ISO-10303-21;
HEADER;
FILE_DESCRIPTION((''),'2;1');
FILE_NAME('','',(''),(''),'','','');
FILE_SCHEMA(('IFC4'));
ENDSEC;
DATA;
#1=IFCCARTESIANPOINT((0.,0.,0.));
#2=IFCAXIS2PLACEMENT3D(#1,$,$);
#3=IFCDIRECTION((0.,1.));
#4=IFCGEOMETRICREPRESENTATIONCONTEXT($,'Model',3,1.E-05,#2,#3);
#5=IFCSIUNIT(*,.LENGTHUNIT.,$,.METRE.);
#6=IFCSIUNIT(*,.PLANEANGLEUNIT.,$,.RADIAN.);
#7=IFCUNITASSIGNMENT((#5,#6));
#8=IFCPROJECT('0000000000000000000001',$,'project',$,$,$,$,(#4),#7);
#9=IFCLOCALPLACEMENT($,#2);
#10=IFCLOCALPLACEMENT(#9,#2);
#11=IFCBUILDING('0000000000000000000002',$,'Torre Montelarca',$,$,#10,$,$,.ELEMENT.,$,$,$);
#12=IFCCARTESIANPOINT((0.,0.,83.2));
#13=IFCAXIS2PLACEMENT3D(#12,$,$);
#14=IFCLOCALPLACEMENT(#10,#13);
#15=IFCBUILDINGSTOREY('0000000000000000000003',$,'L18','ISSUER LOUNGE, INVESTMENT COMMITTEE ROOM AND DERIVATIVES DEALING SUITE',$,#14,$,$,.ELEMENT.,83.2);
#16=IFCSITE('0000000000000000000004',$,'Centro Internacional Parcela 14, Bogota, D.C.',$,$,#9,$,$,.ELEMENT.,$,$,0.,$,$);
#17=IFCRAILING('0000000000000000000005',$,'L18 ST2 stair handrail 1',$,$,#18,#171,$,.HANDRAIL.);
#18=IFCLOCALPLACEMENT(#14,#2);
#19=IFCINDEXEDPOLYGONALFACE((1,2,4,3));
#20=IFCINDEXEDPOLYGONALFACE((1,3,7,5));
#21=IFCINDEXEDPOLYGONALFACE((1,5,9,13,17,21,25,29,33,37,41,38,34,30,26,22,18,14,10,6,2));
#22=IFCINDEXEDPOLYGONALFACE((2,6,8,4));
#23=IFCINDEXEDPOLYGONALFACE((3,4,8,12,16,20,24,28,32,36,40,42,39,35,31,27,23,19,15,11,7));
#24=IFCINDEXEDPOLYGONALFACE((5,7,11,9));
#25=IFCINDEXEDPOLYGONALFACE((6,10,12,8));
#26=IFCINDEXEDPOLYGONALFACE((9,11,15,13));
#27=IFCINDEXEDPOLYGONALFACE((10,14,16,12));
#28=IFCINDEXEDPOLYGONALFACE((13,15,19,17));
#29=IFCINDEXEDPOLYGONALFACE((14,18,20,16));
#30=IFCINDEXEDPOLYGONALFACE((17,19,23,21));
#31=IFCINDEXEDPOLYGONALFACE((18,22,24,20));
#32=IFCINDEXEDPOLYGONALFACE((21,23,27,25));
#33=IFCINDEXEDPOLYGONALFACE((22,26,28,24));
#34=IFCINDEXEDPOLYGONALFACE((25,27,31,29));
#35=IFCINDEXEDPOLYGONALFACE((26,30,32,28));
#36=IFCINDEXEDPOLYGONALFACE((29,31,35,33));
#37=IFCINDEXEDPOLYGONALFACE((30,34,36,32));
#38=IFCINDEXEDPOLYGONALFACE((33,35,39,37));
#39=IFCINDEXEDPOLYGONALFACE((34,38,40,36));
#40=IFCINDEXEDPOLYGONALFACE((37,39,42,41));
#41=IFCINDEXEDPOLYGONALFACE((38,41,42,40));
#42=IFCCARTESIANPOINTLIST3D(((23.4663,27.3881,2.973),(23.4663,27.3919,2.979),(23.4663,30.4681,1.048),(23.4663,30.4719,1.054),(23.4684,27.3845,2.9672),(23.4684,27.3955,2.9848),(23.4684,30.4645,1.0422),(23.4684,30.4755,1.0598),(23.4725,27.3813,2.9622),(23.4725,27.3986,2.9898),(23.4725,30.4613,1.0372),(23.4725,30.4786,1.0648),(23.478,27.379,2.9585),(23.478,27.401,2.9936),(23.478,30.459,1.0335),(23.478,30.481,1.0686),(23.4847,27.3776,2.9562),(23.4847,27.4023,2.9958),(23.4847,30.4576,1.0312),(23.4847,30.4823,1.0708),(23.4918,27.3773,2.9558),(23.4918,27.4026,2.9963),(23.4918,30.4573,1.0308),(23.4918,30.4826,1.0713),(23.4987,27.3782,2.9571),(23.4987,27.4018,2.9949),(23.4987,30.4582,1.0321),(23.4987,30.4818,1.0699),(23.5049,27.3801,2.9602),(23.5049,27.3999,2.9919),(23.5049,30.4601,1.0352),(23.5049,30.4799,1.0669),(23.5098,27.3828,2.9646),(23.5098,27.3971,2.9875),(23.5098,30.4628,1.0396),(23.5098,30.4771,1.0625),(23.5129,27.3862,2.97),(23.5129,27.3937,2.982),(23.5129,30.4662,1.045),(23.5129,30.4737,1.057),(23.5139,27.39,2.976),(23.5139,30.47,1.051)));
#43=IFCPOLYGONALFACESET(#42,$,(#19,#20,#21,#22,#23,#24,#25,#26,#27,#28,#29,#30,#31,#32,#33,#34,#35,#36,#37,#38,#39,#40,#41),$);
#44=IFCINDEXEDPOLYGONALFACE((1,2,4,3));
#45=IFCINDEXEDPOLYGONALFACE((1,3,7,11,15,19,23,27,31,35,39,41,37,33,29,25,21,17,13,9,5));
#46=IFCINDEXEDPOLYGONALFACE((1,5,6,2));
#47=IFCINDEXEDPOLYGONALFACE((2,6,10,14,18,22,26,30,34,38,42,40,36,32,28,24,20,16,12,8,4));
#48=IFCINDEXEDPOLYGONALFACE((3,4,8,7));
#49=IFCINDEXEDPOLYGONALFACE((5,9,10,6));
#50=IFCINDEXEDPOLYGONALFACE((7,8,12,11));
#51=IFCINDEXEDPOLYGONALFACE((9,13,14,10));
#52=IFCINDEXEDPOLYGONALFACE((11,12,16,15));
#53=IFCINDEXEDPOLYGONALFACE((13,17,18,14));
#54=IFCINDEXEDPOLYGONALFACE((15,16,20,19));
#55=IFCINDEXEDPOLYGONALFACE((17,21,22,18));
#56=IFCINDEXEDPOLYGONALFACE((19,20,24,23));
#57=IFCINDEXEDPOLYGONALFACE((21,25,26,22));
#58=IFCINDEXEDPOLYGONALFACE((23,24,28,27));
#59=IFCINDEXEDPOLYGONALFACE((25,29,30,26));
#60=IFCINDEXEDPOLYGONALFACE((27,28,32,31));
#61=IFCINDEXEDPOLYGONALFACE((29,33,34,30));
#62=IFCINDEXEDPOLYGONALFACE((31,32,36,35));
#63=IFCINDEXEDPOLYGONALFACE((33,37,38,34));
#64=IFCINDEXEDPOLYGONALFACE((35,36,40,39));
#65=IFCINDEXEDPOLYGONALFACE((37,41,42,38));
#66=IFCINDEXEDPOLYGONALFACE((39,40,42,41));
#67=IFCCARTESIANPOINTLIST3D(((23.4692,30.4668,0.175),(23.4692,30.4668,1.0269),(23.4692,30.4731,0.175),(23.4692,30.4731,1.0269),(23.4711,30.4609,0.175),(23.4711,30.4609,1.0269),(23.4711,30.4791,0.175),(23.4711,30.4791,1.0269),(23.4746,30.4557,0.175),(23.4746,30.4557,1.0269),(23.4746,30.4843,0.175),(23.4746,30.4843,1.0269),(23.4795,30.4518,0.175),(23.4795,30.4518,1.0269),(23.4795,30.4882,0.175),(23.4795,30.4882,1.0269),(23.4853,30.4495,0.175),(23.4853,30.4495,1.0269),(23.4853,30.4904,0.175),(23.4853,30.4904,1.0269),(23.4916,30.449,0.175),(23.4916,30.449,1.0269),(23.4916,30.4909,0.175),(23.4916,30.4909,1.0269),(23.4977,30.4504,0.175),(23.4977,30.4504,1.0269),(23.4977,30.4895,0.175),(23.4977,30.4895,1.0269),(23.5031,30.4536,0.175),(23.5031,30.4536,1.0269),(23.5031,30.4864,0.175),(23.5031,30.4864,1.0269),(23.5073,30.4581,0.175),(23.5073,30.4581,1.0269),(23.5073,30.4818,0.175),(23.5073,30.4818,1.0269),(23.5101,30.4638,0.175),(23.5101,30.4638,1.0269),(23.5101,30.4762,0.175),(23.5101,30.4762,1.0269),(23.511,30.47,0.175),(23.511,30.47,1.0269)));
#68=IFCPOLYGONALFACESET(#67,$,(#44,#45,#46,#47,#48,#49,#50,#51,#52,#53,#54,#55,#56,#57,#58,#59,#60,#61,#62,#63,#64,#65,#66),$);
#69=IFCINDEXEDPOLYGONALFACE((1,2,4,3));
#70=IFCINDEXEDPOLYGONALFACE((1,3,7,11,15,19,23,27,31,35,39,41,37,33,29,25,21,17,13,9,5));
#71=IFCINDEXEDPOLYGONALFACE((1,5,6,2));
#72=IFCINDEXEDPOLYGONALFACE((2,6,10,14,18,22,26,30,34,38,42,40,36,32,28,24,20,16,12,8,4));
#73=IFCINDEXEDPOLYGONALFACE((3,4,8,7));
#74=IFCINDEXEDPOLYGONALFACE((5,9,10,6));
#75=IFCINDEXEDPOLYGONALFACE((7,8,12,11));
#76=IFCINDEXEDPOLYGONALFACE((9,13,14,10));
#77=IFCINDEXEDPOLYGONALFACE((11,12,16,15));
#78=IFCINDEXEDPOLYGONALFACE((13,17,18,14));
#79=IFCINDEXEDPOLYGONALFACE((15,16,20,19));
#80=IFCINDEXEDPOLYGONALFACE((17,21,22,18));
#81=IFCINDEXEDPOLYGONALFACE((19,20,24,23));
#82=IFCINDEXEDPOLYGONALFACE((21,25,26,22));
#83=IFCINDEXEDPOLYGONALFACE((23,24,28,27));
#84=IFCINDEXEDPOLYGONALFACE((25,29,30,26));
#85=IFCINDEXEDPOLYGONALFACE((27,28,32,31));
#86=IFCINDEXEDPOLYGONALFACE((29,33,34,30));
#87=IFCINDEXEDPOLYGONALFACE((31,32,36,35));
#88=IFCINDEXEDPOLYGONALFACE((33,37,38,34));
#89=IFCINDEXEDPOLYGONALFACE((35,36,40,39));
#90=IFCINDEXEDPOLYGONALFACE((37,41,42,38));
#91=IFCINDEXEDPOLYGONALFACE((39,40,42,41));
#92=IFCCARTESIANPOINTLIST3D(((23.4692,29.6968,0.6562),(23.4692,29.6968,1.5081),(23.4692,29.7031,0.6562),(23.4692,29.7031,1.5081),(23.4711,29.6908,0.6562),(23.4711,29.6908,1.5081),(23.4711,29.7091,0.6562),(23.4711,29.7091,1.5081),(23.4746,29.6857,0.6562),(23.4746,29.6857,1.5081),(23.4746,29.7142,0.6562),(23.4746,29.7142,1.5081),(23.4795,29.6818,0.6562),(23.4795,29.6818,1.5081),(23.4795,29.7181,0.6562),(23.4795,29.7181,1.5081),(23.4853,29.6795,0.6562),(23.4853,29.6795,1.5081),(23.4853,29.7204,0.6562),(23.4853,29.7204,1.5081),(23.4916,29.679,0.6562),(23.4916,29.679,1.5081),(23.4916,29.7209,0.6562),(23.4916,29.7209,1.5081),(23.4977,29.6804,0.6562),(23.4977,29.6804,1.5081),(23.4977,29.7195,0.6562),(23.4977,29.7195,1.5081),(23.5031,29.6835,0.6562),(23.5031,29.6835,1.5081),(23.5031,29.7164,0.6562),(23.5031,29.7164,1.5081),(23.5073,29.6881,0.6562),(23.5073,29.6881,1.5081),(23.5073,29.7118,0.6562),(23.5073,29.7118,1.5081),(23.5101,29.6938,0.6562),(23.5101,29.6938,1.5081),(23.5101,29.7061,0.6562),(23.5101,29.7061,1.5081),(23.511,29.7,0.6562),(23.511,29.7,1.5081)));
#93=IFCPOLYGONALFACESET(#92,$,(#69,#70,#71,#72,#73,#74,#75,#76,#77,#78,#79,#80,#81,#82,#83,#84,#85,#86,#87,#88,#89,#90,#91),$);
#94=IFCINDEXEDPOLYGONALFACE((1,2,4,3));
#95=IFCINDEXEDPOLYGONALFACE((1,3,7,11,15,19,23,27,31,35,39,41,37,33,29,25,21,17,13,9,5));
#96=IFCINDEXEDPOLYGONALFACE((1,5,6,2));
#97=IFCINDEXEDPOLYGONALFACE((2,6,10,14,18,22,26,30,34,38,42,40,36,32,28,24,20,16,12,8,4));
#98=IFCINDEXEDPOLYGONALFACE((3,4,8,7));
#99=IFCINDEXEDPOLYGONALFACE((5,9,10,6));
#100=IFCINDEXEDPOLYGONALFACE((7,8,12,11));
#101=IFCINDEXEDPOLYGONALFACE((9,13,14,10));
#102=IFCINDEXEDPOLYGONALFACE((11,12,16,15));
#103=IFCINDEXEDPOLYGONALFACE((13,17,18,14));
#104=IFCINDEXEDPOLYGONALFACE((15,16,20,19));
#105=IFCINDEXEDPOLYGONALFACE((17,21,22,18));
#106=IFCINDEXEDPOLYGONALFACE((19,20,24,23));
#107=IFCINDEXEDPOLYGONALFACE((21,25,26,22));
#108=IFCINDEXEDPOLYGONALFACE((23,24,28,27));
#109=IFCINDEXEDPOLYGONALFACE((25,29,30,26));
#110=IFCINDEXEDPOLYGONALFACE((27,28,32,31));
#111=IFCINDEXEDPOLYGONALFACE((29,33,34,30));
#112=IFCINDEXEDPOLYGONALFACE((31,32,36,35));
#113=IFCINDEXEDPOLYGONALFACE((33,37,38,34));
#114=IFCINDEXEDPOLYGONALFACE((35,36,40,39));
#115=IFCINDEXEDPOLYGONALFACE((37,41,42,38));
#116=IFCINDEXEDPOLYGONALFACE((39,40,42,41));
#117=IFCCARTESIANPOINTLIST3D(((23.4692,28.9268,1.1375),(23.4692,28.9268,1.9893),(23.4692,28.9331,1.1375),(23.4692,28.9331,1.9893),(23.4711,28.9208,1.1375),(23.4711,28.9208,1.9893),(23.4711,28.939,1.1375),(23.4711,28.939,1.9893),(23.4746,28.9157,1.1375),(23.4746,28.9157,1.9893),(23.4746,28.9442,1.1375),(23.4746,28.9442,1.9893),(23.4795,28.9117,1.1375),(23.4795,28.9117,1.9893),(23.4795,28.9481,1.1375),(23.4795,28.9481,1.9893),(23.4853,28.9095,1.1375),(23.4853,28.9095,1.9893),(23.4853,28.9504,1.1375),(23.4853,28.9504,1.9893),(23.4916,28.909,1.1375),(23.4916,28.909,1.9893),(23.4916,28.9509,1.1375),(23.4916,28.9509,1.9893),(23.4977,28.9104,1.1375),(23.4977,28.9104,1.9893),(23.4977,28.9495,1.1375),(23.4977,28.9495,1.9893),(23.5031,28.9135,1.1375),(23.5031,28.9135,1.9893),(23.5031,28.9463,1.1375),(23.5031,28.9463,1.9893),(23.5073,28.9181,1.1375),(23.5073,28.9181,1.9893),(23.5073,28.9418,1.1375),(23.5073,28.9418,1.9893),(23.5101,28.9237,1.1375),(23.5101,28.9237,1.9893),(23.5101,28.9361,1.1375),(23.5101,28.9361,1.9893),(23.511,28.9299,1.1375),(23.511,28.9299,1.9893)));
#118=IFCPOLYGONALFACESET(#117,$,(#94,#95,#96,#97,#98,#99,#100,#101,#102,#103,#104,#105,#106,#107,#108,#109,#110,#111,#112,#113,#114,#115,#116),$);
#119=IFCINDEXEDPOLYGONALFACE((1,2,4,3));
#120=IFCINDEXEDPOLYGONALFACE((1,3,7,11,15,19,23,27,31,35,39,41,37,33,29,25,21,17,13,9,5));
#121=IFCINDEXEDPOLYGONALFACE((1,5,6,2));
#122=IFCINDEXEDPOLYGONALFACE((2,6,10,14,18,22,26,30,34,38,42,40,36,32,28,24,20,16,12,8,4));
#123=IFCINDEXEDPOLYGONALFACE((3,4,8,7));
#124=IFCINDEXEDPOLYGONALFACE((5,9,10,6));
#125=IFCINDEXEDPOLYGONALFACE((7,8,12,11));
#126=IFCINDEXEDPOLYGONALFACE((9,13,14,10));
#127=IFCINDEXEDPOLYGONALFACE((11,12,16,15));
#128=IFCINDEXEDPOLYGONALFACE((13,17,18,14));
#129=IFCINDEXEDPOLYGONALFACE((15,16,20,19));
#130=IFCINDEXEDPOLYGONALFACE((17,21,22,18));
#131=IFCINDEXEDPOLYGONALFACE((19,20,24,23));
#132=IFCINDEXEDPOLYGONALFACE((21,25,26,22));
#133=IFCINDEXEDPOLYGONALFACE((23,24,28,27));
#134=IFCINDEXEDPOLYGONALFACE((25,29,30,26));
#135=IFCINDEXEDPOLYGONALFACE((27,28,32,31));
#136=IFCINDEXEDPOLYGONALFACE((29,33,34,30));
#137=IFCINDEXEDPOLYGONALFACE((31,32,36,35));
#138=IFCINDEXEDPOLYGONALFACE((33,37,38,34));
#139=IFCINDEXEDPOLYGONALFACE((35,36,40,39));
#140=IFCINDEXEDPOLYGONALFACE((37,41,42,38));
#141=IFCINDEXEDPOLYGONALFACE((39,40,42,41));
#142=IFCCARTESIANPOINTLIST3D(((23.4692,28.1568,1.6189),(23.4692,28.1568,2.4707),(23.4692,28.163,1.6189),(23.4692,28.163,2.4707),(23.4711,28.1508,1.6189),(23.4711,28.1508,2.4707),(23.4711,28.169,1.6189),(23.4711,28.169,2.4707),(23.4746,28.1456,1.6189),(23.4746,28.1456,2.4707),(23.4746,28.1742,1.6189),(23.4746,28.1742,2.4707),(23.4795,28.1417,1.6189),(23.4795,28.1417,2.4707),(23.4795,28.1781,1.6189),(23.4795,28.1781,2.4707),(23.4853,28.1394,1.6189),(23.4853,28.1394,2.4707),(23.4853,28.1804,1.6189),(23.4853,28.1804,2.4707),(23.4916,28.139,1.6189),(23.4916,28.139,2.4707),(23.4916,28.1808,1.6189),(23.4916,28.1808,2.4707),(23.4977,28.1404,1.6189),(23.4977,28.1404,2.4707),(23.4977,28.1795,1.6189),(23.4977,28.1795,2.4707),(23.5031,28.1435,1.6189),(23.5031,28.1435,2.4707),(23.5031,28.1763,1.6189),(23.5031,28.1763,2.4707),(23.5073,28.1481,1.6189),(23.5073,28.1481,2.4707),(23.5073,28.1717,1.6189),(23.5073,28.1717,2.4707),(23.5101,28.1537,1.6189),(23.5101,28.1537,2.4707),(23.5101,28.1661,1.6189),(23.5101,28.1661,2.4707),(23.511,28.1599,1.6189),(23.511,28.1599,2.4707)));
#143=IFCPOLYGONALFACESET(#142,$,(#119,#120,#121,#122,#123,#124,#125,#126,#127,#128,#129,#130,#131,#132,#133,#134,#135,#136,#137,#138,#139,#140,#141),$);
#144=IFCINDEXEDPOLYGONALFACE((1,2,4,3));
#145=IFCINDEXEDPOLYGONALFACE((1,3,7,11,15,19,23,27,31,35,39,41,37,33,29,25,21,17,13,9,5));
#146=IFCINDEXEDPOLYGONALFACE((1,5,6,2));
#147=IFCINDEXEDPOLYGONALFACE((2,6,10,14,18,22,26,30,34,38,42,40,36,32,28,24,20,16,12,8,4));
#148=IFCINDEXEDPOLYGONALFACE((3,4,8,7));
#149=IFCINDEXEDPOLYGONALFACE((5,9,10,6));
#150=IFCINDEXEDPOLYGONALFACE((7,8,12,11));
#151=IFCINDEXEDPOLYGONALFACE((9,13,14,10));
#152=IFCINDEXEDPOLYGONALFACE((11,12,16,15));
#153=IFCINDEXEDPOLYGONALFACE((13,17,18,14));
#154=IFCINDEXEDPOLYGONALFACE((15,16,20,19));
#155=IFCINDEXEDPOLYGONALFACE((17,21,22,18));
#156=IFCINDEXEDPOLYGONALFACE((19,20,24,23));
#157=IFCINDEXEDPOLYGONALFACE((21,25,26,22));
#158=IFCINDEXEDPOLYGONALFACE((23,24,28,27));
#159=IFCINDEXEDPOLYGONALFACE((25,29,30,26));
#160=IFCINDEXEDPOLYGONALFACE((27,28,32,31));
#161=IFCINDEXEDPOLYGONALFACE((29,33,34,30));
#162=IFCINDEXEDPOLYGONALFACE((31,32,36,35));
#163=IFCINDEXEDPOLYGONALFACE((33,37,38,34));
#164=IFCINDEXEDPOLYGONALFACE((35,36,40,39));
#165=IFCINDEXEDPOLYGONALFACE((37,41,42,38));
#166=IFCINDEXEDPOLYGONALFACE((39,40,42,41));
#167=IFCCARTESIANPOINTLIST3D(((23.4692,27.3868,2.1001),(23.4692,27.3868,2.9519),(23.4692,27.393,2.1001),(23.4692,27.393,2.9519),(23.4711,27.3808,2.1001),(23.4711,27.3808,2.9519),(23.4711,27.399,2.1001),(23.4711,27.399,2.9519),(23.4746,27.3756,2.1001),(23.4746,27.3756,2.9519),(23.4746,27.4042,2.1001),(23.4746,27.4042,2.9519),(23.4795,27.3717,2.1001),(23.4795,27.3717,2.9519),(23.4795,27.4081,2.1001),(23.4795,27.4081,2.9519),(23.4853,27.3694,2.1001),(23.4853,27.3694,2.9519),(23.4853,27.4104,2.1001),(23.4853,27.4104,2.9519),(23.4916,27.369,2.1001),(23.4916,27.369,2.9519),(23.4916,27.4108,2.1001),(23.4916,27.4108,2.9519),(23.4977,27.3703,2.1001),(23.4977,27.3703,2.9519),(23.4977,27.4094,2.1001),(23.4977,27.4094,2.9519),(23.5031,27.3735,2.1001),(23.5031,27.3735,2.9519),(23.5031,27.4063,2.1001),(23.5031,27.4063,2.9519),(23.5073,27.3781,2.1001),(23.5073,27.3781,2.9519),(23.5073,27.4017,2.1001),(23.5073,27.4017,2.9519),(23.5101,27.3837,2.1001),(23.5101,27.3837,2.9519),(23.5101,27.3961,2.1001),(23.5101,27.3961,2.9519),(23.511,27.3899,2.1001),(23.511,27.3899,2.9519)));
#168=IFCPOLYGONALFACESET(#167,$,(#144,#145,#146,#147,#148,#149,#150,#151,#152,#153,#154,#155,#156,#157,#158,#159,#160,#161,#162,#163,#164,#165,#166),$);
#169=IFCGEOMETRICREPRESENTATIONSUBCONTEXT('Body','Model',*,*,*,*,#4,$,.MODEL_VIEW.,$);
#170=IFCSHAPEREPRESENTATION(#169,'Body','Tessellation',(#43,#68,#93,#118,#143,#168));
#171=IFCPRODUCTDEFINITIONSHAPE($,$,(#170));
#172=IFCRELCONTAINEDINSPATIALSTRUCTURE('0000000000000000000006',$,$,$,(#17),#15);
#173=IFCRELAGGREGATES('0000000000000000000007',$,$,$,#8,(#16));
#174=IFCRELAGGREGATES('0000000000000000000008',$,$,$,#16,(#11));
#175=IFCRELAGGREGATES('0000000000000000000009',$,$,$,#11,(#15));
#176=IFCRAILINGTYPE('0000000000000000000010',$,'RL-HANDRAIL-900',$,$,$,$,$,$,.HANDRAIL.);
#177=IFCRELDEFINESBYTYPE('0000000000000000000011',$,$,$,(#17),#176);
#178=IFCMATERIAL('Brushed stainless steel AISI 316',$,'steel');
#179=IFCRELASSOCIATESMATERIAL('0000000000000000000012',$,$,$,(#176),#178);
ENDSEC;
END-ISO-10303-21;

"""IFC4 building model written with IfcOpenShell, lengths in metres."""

from ifc_helpers import new_model, si_unit, direction, frame, origin, origin_2d, place, context, subcontext, project, spatial, circle, extrude, material, type_object, element, save


model = new_model("IFC4")

# Units and contexts
model_context = context("Model", 3, precision=1e-05, world=origin(), true_north=direction((0.0, 1.0)))
body_context = subcontext(model_context, "Body", "Model", "MODEL_VIEW")
ifc_project = project(units=[si_unit("LENGTHUNIT", "METRE"), si_unit("PLANEANGLEUNIT", "RADIAN")], contexts=[model_context])

# Site, building, storey
site_placement = place(None, origin())
site = spatial("IfcSite", under=ifc_project, at=site_placement, Name="Centro Internacional Parcela 14, Bogota, D.C.", CompositionType="ELEMENT", RefElevation=0.0)
building_placement = place(site_placement, origin())
building = spatial("IfcBuilding", under=site, at=building_placement, Name="Torre Montelarca", CompositionType="ELEMENT")
storey_placement = place(building_placement, frame((0.0, 0.0, 83.2)))
storey = spatial("IfcBuildingStorey", under=building, at=storey_placement, Name="L18", Description="ISSUER LOUNGE, INVESTMENT COMMITTEE ROOM AND DERIVATIVES DEALING SUITE", CompositionType="ELEMENT", Elevation=83.2)

# Railing
ifc_material_1 = material(Name="Brushed stainless steel AISI 316", Category="steel")
railing_type_1 = type_object("IfcRailingType", Name="RL-HANDRAIL-900", PredefinedType="HANDRAIL", material=ifc_material_1)
railing_1_placement = place(storey_placement, frame((23.49, 30.47, 0.175)))
element("IfcRailing", 1, at=railing_1_placement, inside=storey, type_object=railing_type_1, Name="L18 ST2 stair handrail 1", PredefinedType="HANDRAIL", context=body_context, shape_type="SweptSolid", body=[
    extrude(circle(Radius=0.0239, at=origin_2d()), frame((0.0, 0.0, 0.876), z_axis=(0.0, -0.847998, 0.529999), x_axis=(1.0, 0.0, 0.0)), (0.0, 0.0, 1.0), 3.6321),
    extrude(circle(Radius=0.021, at=origin_2d()), origin(), (0.0, 0.0, 1.0), 0.8518),
    extrude(circle(Radius=0.021, at=origin_2d()), frame((0.0, -0.77, 0.4812)), (0.0, 0.0, 1.0), 0.8518),
    extrude(circle(Radius=0.021, at=origin_2d()), frame((0.0, -1.54, 0.9624)), (0.0, 0.0, 1.0), 0.8518),
    extrude(circle(Radius=0.021, at=origin_2d()), frame((0.0, -2.3101, 1.4438)), (0.0, 0.0, 1.0), 0.8518),
    extrude(circle(Radius=0.021, at=origin_2d()), frame((0.0, -3.0801, 1.925)), (0.0, 0.0, 1.0), 0.8518),
])

save(model, "model.ifc")
